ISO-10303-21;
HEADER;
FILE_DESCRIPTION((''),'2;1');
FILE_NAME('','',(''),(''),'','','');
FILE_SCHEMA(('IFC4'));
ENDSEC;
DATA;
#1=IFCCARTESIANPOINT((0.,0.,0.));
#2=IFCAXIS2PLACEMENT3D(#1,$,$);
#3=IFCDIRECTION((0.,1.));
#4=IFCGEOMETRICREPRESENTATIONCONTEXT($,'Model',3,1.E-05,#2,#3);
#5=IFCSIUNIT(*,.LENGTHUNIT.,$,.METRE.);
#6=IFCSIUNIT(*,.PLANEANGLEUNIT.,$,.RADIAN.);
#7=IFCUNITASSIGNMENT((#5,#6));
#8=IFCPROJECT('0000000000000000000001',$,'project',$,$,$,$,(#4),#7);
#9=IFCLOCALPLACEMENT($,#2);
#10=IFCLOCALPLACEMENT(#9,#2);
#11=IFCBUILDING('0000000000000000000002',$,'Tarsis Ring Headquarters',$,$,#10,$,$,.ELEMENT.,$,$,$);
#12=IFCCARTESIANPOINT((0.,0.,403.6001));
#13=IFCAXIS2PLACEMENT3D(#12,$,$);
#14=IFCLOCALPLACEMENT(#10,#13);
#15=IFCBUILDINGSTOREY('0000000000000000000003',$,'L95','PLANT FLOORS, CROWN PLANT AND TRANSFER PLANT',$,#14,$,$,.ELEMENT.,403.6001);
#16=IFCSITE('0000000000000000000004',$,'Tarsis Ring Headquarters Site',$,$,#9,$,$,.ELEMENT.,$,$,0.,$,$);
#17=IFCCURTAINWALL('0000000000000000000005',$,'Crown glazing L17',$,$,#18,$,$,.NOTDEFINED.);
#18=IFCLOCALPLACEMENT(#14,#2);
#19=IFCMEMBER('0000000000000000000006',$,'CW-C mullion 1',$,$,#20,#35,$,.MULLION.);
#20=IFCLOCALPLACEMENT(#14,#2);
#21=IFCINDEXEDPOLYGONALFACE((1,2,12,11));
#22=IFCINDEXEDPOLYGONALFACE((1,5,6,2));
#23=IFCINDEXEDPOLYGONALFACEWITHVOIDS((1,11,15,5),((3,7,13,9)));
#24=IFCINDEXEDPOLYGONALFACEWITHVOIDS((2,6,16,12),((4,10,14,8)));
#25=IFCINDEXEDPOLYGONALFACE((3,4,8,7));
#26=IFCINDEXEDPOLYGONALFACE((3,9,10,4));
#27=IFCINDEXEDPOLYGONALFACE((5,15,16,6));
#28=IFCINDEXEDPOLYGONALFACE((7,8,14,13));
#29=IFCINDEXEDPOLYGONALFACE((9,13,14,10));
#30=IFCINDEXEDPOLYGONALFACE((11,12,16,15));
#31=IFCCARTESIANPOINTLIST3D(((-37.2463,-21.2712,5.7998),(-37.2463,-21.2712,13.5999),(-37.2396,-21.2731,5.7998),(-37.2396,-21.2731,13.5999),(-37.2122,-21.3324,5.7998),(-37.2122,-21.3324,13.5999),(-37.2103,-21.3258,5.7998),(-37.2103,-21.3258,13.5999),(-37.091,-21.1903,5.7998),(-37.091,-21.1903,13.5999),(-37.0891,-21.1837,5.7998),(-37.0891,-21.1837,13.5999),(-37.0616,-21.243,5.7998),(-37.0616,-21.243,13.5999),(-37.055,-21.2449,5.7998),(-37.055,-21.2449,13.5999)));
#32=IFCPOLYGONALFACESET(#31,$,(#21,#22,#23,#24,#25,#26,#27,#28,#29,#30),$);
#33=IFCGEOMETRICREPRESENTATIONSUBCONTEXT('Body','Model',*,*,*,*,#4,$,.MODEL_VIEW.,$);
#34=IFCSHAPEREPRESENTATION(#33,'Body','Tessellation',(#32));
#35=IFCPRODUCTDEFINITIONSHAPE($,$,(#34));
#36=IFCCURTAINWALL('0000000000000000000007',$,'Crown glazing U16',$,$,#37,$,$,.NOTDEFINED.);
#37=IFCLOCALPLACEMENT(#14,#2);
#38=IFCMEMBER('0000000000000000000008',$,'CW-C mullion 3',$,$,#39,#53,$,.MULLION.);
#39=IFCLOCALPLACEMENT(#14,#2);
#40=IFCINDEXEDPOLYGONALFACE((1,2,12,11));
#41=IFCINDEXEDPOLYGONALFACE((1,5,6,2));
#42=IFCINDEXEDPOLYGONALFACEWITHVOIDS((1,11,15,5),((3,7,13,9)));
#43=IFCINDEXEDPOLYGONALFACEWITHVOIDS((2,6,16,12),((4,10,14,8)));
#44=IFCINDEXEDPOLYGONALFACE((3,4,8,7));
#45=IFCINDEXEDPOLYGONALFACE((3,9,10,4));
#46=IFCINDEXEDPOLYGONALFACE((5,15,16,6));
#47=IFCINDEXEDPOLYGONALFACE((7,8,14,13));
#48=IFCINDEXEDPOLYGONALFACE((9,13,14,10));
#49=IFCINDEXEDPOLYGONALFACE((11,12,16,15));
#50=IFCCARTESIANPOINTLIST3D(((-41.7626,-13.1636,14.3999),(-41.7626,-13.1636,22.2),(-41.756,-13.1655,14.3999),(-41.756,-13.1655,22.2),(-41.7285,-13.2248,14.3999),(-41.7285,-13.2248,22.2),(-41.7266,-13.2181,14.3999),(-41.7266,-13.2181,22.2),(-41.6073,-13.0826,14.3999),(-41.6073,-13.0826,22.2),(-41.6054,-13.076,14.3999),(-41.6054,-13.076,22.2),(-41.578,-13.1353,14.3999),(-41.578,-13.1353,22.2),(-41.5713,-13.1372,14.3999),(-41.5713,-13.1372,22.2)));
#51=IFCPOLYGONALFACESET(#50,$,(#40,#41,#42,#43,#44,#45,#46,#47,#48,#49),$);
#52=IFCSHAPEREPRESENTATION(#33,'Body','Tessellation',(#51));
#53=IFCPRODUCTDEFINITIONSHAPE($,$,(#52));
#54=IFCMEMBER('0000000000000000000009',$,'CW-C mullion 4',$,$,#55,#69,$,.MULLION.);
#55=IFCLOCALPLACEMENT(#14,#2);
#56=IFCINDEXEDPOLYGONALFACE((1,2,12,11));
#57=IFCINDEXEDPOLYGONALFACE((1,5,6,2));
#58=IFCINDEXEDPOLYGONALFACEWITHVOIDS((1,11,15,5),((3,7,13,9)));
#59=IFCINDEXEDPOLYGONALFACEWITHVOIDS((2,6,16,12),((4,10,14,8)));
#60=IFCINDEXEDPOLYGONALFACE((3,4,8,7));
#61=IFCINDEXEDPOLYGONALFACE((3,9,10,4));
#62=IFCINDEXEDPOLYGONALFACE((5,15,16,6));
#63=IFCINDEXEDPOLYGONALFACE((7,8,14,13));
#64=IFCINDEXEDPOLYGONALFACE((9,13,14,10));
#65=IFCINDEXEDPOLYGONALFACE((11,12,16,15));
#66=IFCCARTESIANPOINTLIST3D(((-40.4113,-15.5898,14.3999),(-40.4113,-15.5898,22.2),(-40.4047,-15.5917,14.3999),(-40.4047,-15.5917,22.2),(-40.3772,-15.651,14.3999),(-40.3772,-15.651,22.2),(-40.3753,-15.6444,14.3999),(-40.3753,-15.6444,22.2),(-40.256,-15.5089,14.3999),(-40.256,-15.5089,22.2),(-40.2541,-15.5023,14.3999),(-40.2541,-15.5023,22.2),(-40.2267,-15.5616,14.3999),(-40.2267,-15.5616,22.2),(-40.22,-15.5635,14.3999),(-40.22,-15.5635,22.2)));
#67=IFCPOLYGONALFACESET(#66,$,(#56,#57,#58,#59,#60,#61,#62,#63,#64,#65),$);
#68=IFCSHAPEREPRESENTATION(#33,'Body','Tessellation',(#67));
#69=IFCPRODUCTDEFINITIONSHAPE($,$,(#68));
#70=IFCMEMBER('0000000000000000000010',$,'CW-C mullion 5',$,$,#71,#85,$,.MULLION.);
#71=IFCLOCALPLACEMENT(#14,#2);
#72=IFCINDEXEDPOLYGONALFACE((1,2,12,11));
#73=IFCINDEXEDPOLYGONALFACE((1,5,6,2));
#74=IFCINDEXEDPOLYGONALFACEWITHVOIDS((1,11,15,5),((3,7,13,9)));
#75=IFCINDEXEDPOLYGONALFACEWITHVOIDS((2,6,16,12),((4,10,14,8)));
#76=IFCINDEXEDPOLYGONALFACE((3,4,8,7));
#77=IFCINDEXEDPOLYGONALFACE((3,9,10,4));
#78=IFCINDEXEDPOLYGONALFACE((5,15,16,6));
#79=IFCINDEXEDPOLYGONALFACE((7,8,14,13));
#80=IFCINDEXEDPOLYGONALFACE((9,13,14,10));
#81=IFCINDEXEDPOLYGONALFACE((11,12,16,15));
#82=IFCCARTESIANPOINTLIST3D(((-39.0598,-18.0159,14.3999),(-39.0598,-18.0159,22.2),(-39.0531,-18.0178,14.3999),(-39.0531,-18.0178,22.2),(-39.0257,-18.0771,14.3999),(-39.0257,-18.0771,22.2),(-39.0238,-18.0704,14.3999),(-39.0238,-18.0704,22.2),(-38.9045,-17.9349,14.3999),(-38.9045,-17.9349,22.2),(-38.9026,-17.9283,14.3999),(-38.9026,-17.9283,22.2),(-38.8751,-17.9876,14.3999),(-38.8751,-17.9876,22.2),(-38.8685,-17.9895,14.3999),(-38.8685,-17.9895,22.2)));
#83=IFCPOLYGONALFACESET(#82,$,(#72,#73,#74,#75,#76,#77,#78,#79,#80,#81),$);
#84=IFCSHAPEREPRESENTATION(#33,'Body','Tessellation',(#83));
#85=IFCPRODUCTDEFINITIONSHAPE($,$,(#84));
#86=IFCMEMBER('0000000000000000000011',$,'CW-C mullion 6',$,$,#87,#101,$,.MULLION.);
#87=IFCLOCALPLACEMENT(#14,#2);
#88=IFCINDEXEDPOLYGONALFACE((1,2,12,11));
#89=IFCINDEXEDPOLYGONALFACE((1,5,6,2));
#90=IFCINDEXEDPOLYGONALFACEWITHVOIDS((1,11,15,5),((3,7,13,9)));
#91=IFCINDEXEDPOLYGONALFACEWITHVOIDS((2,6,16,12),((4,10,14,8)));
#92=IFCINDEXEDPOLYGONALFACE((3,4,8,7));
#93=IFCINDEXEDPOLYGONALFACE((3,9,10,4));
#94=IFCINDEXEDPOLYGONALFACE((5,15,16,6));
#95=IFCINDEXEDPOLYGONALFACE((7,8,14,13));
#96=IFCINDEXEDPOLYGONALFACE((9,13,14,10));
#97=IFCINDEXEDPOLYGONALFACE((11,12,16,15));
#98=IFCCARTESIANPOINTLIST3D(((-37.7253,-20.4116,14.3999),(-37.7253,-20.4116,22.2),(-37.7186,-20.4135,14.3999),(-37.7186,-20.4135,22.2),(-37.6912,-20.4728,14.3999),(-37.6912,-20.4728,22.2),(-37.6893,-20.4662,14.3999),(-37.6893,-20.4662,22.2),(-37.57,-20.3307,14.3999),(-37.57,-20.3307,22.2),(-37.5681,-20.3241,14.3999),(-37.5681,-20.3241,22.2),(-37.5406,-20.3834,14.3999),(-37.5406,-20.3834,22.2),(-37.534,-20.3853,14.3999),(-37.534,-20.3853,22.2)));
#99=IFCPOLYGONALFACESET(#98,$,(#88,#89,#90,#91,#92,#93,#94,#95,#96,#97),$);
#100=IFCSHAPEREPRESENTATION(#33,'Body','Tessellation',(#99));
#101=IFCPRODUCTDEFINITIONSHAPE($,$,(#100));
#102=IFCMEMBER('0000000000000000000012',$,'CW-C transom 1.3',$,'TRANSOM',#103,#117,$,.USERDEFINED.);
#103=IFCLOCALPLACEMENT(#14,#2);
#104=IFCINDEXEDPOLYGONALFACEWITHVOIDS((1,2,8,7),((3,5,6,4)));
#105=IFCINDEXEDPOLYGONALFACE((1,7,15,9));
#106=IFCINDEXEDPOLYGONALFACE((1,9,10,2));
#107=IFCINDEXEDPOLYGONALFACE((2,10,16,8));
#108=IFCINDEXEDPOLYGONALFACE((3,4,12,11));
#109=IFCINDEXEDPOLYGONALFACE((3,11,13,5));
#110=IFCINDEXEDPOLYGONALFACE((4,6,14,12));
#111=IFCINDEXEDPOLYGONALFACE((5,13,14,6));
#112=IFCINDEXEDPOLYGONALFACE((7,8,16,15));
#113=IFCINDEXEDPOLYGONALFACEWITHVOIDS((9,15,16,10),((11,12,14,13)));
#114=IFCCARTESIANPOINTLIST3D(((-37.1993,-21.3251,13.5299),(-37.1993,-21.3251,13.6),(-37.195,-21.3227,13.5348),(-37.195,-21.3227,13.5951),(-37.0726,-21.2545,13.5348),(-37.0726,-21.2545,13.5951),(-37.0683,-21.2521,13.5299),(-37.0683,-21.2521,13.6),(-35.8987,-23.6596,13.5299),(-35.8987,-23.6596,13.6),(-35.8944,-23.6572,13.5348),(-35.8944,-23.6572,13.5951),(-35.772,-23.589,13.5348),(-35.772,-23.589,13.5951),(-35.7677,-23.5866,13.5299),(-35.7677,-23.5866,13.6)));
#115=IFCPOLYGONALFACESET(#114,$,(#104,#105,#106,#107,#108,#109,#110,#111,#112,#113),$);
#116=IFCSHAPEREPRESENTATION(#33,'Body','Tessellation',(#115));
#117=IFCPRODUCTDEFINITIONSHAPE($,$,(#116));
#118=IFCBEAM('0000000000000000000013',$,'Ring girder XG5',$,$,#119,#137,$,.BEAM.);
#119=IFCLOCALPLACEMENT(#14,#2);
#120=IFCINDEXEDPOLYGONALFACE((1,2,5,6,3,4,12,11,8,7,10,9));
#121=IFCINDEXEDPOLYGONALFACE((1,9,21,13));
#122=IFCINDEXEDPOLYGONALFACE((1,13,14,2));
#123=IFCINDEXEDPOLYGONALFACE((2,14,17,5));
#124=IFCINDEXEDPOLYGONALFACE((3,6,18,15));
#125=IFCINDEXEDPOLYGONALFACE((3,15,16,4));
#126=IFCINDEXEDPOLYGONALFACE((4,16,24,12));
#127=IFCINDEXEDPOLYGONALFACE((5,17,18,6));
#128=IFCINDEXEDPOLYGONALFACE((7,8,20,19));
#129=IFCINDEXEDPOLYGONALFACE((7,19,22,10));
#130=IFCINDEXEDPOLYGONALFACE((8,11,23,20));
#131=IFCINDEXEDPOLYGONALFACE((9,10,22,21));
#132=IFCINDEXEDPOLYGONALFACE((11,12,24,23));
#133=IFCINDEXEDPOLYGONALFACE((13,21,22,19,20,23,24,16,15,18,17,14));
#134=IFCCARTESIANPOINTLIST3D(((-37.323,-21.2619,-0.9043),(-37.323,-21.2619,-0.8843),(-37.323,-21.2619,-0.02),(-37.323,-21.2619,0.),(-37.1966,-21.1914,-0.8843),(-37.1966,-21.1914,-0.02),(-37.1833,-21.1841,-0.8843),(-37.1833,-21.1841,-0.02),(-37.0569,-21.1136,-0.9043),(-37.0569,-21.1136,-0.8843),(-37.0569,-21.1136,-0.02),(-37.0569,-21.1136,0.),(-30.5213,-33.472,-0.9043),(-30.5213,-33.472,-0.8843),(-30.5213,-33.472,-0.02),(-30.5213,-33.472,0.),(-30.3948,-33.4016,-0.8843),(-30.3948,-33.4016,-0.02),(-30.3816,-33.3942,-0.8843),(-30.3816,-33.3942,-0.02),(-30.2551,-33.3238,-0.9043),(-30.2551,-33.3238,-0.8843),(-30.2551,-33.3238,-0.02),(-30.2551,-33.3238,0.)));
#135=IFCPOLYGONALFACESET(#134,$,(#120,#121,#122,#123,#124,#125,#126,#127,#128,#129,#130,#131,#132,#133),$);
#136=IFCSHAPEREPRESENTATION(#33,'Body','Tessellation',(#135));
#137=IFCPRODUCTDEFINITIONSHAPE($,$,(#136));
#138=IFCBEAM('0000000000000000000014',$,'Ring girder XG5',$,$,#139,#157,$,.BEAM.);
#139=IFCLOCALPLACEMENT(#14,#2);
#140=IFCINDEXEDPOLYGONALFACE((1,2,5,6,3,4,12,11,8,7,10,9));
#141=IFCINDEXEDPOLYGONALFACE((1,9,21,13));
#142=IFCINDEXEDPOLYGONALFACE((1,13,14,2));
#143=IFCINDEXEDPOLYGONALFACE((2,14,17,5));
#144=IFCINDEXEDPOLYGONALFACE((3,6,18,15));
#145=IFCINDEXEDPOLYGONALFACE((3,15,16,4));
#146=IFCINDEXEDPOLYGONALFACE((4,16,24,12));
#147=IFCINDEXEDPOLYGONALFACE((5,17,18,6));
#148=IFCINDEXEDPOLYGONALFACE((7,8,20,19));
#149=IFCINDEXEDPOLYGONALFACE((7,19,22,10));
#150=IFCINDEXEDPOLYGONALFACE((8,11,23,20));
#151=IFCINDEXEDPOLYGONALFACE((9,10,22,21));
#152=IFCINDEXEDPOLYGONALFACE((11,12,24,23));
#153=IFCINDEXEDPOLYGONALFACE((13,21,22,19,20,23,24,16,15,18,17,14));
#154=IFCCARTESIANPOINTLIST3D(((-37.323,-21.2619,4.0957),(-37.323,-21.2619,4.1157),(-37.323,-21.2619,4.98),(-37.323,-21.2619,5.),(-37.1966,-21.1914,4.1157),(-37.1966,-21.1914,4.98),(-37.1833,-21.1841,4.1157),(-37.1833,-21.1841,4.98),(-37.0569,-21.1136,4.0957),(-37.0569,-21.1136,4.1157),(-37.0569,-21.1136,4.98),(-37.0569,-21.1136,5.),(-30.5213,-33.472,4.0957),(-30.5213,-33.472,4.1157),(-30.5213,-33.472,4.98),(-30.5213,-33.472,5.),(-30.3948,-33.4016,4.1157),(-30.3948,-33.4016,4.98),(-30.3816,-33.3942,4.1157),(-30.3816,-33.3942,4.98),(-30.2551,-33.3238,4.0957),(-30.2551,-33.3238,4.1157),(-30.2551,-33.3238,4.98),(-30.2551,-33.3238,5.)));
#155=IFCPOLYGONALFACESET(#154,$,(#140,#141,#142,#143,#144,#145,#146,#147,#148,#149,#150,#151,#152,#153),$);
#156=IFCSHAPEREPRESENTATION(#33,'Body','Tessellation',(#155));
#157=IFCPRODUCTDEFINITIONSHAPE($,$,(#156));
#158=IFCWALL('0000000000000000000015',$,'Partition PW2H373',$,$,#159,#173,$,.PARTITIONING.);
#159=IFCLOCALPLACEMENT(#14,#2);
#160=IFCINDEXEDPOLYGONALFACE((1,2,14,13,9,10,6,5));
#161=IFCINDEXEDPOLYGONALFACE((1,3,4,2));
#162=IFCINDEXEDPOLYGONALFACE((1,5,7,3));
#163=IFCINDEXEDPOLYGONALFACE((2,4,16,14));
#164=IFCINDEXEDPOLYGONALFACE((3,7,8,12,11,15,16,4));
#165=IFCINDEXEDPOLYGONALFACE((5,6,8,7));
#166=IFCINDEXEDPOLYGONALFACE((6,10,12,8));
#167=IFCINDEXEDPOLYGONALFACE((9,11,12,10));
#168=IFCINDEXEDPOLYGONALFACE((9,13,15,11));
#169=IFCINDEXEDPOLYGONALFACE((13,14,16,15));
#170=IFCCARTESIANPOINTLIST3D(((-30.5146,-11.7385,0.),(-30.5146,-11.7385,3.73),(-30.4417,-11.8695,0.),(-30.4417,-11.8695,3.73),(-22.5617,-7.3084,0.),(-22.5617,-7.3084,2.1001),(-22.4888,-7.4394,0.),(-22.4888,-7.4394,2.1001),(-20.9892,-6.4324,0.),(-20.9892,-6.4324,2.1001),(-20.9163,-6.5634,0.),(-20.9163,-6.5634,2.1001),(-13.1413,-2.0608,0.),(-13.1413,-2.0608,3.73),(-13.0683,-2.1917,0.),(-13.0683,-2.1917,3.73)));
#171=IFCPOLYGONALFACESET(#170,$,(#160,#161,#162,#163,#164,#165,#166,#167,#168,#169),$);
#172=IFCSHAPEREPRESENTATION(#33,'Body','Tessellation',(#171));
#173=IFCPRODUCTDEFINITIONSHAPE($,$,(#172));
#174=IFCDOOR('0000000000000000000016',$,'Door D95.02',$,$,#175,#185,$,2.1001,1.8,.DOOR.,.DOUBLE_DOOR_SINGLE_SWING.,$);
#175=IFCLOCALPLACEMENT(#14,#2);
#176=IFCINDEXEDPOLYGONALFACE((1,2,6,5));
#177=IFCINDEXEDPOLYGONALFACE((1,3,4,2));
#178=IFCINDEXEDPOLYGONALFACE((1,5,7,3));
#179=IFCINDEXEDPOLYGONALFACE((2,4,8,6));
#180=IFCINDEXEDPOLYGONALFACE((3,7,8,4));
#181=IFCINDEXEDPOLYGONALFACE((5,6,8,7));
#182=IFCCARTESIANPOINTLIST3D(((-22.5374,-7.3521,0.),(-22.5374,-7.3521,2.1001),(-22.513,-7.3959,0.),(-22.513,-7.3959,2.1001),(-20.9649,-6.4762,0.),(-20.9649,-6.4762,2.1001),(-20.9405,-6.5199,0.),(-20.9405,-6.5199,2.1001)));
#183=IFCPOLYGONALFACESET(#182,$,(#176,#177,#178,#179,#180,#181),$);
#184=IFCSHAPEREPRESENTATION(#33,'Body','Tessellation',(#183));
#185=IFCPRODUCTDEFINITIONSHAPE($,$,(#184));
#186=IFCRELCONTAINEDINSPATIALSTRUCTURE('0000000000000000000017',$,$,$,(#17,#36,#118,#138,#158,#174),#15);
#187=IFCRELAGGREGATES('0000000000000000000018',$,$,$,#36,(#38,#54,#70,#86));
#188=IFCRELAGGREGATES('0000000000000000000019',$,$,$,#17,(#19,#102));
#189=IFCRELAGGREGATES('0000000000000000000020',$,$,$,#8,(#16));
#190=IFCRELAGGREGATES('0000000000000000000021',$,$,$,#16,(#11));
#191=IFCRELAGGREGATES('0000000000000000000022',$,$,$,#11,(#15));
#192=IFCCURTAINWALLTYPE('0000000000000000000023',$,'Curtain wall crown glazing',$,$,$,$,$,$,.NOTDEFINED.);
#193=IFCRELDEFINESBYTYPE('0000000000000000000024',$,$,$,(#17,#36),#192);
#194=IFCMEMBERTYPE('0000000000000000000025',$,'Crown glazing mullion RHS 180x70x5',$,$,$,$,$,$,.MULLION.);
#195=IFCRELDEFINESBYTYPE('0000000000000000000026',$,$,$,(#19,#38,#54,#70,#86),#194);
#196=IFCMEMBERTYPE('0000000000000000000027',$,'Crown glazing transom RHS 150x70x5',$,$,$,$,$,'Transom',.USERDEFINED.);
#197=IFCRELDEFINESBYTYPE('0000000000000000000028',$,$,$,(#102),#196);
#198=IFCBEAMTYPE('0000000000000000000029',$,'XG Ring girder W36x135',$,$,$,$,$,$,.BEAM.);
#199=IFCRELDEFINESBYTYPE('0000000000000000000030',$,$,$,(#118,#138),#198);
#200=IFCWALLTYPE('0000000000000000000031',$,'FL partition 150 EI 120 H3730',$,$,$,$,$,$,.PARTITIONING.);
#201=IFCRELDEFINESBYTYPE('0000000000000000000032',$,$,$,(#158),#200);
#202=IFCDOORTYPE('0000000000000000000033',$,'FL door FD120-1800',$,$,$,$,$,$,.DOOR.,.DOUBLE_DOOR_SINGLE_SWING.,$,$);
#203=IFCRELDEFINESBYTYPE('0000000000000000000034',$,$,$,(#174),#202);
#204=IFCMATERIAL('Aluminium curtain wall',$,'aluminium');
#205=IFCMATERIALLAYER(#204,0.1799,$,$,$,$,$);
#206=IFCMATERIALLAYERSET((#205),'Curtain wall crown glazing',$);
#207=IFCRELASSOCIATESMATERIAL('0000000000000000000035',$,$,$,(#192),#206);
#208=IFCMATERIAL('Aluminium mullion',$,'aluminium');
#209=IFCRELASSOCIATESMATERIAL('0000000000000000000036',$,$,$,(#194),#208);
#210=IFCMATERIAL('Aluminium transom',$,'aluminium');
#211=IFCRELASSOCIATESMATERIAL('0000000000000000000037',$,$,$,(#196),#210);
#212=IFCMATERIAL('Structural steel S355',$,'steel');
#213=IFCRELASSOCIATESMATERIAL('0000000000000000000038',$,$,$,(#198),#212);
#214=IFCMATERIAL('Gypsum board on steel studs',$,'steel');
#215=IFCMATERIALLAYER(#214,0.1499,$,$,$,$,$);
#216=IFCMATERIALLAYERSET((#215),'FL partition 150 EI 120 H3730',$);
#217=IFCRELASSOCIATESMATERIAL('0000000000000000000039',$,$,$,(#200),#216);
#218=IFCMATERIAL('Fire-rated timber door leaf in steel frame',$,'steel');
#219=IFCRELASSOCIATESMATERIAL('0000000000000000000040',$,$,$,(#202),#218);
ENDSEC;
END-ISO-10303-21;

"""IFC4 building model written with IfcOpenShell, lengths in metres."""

from ifc_helpers import new_model, si_unit, direction, frame, frame_2d, origin, origin_2d, place, context, subcontext, project, spatial, rectangle, hollow_rectangle, i_section, extrude, material, layer, layer_set, material_profile, profile_set, type_object, element, fill, aggregate, save


model = new_model("IFC4")

# Units and contexts
model_context = context("Model", 3, precision=1e-05, world=origin(), true_north=direction((0.0, 1.0)))
body_context = subcontext(model_context, "Body", "Model", "MODEL_VIEW")
ifc_project = project(units=[si_unit("LENGTHUNIT", "METRE"), si_unit("PLANEANGLEUNIT", "RADIAN")], contexts=[model_context])

# Site, building, storey
site_placement = place(None, origin())
site = spatial("IfcSite", under=ifc_project, at=site_placement, Name="Tarsis Ring Headquarters Site", CompositionType="ELEMENT", RefElevation=0.0)
building_placement = place(site_placement, origin())
building = spatial("IfcBuilding", under=site, at=building_placement, Name="Tarsis Ring Headquarters", CompositionType="ELEMENT")
storey_placement = place(building_placement, frame((0.0, 0.0, 403.6001)))
storey = spatial("IfcBuildingStorey", under=building, at=storey_placement, Name="L95", Description="PLANT FLOORS, CROWN PLANT AND TRANSFER PLANT", CompositionType="ELEMENT", Elevation=403.6001)

# Shared definitions
ifc_material_1 = material(Name="Structural steel S355", Category="steel")

# Curtain wall, member
ifc_material_2 = material(Name="Aluminium curtain wall", Category="aluminium")
ifc_layer_1 = layer(ifc_material_2, 0.1799)
ifc_layer_set_1 = layer_set([ifc_layer_1], Name="Curtain wall crown glazing")
curtain_wall_type = type_object("IfcCurtainWallType", Name="Curtain wall crown glazing", PredefinedType="NOTDEFINED", material=ifc_layer_set_1)
curtain_wall_1_placement = place(storey_placement, origin())
curtain_wall_1 = element("IfcCurtainWall", 1, at=curtain_wall_1_placement, inside=storey, type_object=curtain_wall_type, Name="Crown glazing L17", PredefinedType="NOTDEFINED")
ifc_material_3 = material(Name="Aluminium mullion", Category="aluminium")
ifc_material_profile_1 = material_profile(ifc_material_3, hollow_rectangle(XDim=0.1799, YDim=0.0701, WallThickness=0.0049, at=origin_2d()), Name="RHS 180x70x5")
ifc_profile_set_1 = profile_set([ifc_material_profile_1], Name="Aluminium mullion")
member_type_1 = type_object("IfcMemberType", Name="Crown glazing mullion RHS 180x70x5", PredefinedType="MULLION", material=ifc_profile_set_1)
member_1_placement = place(storey_placement, frame((-37.1506, -21.2581, 5.7998), z_axis=(0.0, 0.0, 1.0), x_axis=(0.873602, 0.48664, 0.0)))
member_1 = element("IfcMember", 2, at=member_1_placement, type_object=member_type_1, Name="CW-C mullion 1", PredefinedType="MULLION", context=body_context, shape_type="SweptSolid", body=[
    extrude(hollow_rectangle(XDim=0.1799, YDim=0.0701, WallThickness=0.0049, at=origin_2d()), origin(), (0.0, 0.0, 1.0), 7.8),
])

# Curtain wall, members
curtain_wall_2_placement = place(storey_placement, origin())
curtain_wall_2 = element("IfcCurtainWall", 3, at=curtain_wall_2_placement, inside=storey, type_object=curtain_wall_type, Name="Crown glazing U16", PredefinedType="NOTDEFINED")
member_2_placement = place(storey_placement, frame((-41.667, -13.1504, 14.3999), z_axis=(0.0, 0.0, 1.0), x_axis=(0.873602, 0.48664, 0.0)))
member_2 = element("IfcMember", 4, at=member_2_placement, type_object=member_type_1, Name="CW-C mullion 3", PredefinedType="MULLION", context=body_context, shape_type="SweptSolid", body=[
    extrude(hollow_rectangle(XDim=0.1799, YDim=0.0701, WallThickness=0.0049, at=origin_2d()), origin(), (0.0, 0.0, 1.0), 7.8),
])
member_3_placement = place(storey_placement, frame((-40.3157, -15.5767, 14.3999), z_axis=(0.0, 0.0, 1.0), x_axis=(0.873602, 0.48664, 0.0)))
member_3 = element("IfcMember", 5, at=member_3_placement, type_object=member_type_1, Name="CW-C mullion 4", PredefinedType="MULLION", context=body_context, shape_type="SweptSolid", body=[
    extrude(hollow_rectangle(XDim=0.1799, YDim=0.0701, WallThickness=0.0049, at=origin_2d()), origin(), (0.0, 0.0, 1.0), 7.8),
])
member_4_placement = place(storey_placement, frame((-38.9641, -18.0027, 14.3999), z_axis=(0.0, 0.0, 1.0), x_axis=(0.873602, 0.48664, 0.0)))
member_4 = element("IfcMember", 6, at=member_4_placement, type_object=member_type_1, Name="CW-C mullion 5", PredefinedType="MULLION", context=body_context, shape_type="SweptSolid", body=[
    extrude(hollow_rectangle(XDim=0.1799, YDim=0.0701, WallThickness=0.0049, at=origin_2d()), origin(), (0.0, 0.0, 1.0), 7.8),
])
member_5_placement = place(storey_placement, frame((-37.6296, -20.3984, 14.3999), z_axis=(0.0, 0.0, 1.0), x_axis=(0.873602, 0.48664, 0.0)))
member_5 = element("IfcMember", 7, at=member_5_placement, type_object=member_type_1, Name="CW-C mullion 6", PredefinedType="MULLION", context=body_context, shape_type="SweptSolid", body=[
    extrude(hollow_rectangle(XDim=0.1799, YDim=0.0701, WallThickness=0.0049, at=origin_2d()), origin(), (0.0, 0.0, 1.0), 7.8),
])
aggregate(curtain_wall_2, [member_2, member_3, member_4, member_5])

# Member
ifc_material_4 = material(Name="Aluminium transom", Category="aluminium")
ifc_material_profile_2 = material_profile(ifc_material_4, hollow_rectangle(XDim=0.1499, YDim=0.0701, WallThickness=0.0049, at=origin_2d()), Name="RHS 150x70x5")
ifc_profile_set_2 = profile_set([ifc_material_profile_2], Name="Aluminium transom")
member_type_2 = type_object("IfcMemberType", Name="Crown glazing transom RHS 150x70x5", ElementType="Transom", PredefinedType="USERDEFINED", material=ifc_profile_set_2)
member_6_placement = place(storey_placement, frame((-37.1338, -21.2886, 13.5649), z_axis=(0.486674, -0.873584, 0.0), x_axis=(0.873584, 0.486674, 0.0)))
member_6 = element("IfcMember", 8, at=member_6_placement, type_object=member_type_2, Name="CW-C transom 1.3", ObjectType="TRANSOM", PredefinedType="USERDEFINED", context=body_context, shape_type="SweptSolid", body=[
    extrude(hollow_rectangle(XDim=0.1499, YDim=0.0701, WallThickness=0.0049, at=origin_2d()), origin(), (0.0, 0.0, 1.0), 2.6724),
])
aggregate(curtain_wall_1, [member_1, member_6])

# Beams
ifc_material_profile_3 = material_profile(ifc_material_1, i_section(OverallWidth=0.3047, OverallDepth=0.9043, WebThickness=0.0151, FlangeThickness=0.02, at=origin_2d()), Name="W36x135")
ifc_profile_set_3 = profile_set([ifc_material_profile_3], Name="Structural steel S355")
beam_type_1 = type_object("IfcBeamType", Name="XG Ring girder W36x135", PredefinedType="BEAM", material=ifc_profile_set_3)
for number, where, z_axis, x_axis, name in (
    (9, (-37.1899, -21.1877, -0.4521), (0.486644, -0.873601, 0.0), (0.873601, 0.486644, 0.0), "Ring girder XG5"),
    (10, (-37.1899, -21.1877, 4.5479), (0.486644, -0.873601, 0.0), (0.873601, 0.486644, 0.0), "Ring girder XG5"),
):
    element("IfcBeam", number, at=place(storey_placement, frame(where, z_axis=z_axis, x_axis=x_axis)), inside=storey, type_object=beam_type_1, Name=name, PredefinedType="BEAM", context=body_context, shape_type="SweptSolid", body=[
        extrude(i_section(OverallWidth=0.3047, OverallDepth=0.9043, WebThickness=0.0151, FlangeThickness=0.02, at=origin_2d()), origin(), (0.0, 0.0, 1.0), 13.9768),
    ])

# Wall, opening, door
ifc_material_5 = material(Name="Gypsum board on steel studs", Category="steel")
ifc_layer_2 = layer(ifc_material_5, 0.1499)
ifc_layer_set_2 = layer_set([ifc_layer_2], Name="FL partition 150 EI 120 H3730")
wall_type = type_object("IfcWallType", Name="FL partition 150 EI 120 H3730", PredefinedType="PARTITIONING", material=ifc_layer_set_2)
wall_1_placement = place(storey_placement, frame((-30.478, -11.804, 0.0), z_axis=(0.0, 0.0, 1.0), x_axis=(0.873604, 0.486638, 0.0)))
wall_1 = element("IfcWall", 11, at=wall_1_placement, inside=storey, type_object=wall_type, Name="Partition PW2H373", PredefinedType="PARTITIONING", context=body_context, shape_type="SweptSolid", body=[
    extrude(rectangle(XDim=19.887, YDim=0.1499, at=frame_2d((9.9434, 0.0))), origin(), (0.0, 0.0, 1.0), 3.73),
])
opening_placement = place(wall_1_placement, frame((9.1035, 0.0, 0.0)))
opening = element("IfcOpeningElement", 12, at=opening_placement, cuts=wall_1, PredefinedType="OPENING", context=body_context, shape_type="SweptSolid", body=[
    extrude(rectangle(XDim=1.8, YDim=2.1001, at=frame_2d((0.8999, 1.05))), frame((0.0, 0.085, 0.0), z_axis=(0.0, -1.0, 0.0), x_axis=(1.0, 0.0, 0.0)), (0.0, 0.0, 1.0), 0.1699),
])
ifc_material_6 = material(Name="Fire-rated timber door leaf in steel frame", Category="steel")
door_type = type_object("IfcDoorType", Name="FL door FD120-1800", OperationType="DOUBLE_DOOR_SINGLE_SWING", PredefinedType="DOOR", material=ifc_material_6)
door_placement = place(opening_placement, origin())
door = element("IfcDoor", 13, at=door_placement, inside=storey, type_object=door_type, Name="Door D95.02", OperationType="DOUBLE_DOOR_SINGLE_SWING", OverallHeight=2.1001, OverallWidth=1.8, PredefinedType="DOOR", context=body_context, shape_type="SweptSolid", body=[
    extrude(rectangle(XDim=1.8, YDim=2.1001, at=frame_2d((0.8999, 1.05))), frame((0.0, 0.0249, 0.0), z_axis=(0.0, -1.0, 0.0), x_axis=(1.0, 0.0, 0.0)), (0.0, 0.0, 1.0), 0.05),
])
fill(opening, door)

save(model, "model.ifc")
